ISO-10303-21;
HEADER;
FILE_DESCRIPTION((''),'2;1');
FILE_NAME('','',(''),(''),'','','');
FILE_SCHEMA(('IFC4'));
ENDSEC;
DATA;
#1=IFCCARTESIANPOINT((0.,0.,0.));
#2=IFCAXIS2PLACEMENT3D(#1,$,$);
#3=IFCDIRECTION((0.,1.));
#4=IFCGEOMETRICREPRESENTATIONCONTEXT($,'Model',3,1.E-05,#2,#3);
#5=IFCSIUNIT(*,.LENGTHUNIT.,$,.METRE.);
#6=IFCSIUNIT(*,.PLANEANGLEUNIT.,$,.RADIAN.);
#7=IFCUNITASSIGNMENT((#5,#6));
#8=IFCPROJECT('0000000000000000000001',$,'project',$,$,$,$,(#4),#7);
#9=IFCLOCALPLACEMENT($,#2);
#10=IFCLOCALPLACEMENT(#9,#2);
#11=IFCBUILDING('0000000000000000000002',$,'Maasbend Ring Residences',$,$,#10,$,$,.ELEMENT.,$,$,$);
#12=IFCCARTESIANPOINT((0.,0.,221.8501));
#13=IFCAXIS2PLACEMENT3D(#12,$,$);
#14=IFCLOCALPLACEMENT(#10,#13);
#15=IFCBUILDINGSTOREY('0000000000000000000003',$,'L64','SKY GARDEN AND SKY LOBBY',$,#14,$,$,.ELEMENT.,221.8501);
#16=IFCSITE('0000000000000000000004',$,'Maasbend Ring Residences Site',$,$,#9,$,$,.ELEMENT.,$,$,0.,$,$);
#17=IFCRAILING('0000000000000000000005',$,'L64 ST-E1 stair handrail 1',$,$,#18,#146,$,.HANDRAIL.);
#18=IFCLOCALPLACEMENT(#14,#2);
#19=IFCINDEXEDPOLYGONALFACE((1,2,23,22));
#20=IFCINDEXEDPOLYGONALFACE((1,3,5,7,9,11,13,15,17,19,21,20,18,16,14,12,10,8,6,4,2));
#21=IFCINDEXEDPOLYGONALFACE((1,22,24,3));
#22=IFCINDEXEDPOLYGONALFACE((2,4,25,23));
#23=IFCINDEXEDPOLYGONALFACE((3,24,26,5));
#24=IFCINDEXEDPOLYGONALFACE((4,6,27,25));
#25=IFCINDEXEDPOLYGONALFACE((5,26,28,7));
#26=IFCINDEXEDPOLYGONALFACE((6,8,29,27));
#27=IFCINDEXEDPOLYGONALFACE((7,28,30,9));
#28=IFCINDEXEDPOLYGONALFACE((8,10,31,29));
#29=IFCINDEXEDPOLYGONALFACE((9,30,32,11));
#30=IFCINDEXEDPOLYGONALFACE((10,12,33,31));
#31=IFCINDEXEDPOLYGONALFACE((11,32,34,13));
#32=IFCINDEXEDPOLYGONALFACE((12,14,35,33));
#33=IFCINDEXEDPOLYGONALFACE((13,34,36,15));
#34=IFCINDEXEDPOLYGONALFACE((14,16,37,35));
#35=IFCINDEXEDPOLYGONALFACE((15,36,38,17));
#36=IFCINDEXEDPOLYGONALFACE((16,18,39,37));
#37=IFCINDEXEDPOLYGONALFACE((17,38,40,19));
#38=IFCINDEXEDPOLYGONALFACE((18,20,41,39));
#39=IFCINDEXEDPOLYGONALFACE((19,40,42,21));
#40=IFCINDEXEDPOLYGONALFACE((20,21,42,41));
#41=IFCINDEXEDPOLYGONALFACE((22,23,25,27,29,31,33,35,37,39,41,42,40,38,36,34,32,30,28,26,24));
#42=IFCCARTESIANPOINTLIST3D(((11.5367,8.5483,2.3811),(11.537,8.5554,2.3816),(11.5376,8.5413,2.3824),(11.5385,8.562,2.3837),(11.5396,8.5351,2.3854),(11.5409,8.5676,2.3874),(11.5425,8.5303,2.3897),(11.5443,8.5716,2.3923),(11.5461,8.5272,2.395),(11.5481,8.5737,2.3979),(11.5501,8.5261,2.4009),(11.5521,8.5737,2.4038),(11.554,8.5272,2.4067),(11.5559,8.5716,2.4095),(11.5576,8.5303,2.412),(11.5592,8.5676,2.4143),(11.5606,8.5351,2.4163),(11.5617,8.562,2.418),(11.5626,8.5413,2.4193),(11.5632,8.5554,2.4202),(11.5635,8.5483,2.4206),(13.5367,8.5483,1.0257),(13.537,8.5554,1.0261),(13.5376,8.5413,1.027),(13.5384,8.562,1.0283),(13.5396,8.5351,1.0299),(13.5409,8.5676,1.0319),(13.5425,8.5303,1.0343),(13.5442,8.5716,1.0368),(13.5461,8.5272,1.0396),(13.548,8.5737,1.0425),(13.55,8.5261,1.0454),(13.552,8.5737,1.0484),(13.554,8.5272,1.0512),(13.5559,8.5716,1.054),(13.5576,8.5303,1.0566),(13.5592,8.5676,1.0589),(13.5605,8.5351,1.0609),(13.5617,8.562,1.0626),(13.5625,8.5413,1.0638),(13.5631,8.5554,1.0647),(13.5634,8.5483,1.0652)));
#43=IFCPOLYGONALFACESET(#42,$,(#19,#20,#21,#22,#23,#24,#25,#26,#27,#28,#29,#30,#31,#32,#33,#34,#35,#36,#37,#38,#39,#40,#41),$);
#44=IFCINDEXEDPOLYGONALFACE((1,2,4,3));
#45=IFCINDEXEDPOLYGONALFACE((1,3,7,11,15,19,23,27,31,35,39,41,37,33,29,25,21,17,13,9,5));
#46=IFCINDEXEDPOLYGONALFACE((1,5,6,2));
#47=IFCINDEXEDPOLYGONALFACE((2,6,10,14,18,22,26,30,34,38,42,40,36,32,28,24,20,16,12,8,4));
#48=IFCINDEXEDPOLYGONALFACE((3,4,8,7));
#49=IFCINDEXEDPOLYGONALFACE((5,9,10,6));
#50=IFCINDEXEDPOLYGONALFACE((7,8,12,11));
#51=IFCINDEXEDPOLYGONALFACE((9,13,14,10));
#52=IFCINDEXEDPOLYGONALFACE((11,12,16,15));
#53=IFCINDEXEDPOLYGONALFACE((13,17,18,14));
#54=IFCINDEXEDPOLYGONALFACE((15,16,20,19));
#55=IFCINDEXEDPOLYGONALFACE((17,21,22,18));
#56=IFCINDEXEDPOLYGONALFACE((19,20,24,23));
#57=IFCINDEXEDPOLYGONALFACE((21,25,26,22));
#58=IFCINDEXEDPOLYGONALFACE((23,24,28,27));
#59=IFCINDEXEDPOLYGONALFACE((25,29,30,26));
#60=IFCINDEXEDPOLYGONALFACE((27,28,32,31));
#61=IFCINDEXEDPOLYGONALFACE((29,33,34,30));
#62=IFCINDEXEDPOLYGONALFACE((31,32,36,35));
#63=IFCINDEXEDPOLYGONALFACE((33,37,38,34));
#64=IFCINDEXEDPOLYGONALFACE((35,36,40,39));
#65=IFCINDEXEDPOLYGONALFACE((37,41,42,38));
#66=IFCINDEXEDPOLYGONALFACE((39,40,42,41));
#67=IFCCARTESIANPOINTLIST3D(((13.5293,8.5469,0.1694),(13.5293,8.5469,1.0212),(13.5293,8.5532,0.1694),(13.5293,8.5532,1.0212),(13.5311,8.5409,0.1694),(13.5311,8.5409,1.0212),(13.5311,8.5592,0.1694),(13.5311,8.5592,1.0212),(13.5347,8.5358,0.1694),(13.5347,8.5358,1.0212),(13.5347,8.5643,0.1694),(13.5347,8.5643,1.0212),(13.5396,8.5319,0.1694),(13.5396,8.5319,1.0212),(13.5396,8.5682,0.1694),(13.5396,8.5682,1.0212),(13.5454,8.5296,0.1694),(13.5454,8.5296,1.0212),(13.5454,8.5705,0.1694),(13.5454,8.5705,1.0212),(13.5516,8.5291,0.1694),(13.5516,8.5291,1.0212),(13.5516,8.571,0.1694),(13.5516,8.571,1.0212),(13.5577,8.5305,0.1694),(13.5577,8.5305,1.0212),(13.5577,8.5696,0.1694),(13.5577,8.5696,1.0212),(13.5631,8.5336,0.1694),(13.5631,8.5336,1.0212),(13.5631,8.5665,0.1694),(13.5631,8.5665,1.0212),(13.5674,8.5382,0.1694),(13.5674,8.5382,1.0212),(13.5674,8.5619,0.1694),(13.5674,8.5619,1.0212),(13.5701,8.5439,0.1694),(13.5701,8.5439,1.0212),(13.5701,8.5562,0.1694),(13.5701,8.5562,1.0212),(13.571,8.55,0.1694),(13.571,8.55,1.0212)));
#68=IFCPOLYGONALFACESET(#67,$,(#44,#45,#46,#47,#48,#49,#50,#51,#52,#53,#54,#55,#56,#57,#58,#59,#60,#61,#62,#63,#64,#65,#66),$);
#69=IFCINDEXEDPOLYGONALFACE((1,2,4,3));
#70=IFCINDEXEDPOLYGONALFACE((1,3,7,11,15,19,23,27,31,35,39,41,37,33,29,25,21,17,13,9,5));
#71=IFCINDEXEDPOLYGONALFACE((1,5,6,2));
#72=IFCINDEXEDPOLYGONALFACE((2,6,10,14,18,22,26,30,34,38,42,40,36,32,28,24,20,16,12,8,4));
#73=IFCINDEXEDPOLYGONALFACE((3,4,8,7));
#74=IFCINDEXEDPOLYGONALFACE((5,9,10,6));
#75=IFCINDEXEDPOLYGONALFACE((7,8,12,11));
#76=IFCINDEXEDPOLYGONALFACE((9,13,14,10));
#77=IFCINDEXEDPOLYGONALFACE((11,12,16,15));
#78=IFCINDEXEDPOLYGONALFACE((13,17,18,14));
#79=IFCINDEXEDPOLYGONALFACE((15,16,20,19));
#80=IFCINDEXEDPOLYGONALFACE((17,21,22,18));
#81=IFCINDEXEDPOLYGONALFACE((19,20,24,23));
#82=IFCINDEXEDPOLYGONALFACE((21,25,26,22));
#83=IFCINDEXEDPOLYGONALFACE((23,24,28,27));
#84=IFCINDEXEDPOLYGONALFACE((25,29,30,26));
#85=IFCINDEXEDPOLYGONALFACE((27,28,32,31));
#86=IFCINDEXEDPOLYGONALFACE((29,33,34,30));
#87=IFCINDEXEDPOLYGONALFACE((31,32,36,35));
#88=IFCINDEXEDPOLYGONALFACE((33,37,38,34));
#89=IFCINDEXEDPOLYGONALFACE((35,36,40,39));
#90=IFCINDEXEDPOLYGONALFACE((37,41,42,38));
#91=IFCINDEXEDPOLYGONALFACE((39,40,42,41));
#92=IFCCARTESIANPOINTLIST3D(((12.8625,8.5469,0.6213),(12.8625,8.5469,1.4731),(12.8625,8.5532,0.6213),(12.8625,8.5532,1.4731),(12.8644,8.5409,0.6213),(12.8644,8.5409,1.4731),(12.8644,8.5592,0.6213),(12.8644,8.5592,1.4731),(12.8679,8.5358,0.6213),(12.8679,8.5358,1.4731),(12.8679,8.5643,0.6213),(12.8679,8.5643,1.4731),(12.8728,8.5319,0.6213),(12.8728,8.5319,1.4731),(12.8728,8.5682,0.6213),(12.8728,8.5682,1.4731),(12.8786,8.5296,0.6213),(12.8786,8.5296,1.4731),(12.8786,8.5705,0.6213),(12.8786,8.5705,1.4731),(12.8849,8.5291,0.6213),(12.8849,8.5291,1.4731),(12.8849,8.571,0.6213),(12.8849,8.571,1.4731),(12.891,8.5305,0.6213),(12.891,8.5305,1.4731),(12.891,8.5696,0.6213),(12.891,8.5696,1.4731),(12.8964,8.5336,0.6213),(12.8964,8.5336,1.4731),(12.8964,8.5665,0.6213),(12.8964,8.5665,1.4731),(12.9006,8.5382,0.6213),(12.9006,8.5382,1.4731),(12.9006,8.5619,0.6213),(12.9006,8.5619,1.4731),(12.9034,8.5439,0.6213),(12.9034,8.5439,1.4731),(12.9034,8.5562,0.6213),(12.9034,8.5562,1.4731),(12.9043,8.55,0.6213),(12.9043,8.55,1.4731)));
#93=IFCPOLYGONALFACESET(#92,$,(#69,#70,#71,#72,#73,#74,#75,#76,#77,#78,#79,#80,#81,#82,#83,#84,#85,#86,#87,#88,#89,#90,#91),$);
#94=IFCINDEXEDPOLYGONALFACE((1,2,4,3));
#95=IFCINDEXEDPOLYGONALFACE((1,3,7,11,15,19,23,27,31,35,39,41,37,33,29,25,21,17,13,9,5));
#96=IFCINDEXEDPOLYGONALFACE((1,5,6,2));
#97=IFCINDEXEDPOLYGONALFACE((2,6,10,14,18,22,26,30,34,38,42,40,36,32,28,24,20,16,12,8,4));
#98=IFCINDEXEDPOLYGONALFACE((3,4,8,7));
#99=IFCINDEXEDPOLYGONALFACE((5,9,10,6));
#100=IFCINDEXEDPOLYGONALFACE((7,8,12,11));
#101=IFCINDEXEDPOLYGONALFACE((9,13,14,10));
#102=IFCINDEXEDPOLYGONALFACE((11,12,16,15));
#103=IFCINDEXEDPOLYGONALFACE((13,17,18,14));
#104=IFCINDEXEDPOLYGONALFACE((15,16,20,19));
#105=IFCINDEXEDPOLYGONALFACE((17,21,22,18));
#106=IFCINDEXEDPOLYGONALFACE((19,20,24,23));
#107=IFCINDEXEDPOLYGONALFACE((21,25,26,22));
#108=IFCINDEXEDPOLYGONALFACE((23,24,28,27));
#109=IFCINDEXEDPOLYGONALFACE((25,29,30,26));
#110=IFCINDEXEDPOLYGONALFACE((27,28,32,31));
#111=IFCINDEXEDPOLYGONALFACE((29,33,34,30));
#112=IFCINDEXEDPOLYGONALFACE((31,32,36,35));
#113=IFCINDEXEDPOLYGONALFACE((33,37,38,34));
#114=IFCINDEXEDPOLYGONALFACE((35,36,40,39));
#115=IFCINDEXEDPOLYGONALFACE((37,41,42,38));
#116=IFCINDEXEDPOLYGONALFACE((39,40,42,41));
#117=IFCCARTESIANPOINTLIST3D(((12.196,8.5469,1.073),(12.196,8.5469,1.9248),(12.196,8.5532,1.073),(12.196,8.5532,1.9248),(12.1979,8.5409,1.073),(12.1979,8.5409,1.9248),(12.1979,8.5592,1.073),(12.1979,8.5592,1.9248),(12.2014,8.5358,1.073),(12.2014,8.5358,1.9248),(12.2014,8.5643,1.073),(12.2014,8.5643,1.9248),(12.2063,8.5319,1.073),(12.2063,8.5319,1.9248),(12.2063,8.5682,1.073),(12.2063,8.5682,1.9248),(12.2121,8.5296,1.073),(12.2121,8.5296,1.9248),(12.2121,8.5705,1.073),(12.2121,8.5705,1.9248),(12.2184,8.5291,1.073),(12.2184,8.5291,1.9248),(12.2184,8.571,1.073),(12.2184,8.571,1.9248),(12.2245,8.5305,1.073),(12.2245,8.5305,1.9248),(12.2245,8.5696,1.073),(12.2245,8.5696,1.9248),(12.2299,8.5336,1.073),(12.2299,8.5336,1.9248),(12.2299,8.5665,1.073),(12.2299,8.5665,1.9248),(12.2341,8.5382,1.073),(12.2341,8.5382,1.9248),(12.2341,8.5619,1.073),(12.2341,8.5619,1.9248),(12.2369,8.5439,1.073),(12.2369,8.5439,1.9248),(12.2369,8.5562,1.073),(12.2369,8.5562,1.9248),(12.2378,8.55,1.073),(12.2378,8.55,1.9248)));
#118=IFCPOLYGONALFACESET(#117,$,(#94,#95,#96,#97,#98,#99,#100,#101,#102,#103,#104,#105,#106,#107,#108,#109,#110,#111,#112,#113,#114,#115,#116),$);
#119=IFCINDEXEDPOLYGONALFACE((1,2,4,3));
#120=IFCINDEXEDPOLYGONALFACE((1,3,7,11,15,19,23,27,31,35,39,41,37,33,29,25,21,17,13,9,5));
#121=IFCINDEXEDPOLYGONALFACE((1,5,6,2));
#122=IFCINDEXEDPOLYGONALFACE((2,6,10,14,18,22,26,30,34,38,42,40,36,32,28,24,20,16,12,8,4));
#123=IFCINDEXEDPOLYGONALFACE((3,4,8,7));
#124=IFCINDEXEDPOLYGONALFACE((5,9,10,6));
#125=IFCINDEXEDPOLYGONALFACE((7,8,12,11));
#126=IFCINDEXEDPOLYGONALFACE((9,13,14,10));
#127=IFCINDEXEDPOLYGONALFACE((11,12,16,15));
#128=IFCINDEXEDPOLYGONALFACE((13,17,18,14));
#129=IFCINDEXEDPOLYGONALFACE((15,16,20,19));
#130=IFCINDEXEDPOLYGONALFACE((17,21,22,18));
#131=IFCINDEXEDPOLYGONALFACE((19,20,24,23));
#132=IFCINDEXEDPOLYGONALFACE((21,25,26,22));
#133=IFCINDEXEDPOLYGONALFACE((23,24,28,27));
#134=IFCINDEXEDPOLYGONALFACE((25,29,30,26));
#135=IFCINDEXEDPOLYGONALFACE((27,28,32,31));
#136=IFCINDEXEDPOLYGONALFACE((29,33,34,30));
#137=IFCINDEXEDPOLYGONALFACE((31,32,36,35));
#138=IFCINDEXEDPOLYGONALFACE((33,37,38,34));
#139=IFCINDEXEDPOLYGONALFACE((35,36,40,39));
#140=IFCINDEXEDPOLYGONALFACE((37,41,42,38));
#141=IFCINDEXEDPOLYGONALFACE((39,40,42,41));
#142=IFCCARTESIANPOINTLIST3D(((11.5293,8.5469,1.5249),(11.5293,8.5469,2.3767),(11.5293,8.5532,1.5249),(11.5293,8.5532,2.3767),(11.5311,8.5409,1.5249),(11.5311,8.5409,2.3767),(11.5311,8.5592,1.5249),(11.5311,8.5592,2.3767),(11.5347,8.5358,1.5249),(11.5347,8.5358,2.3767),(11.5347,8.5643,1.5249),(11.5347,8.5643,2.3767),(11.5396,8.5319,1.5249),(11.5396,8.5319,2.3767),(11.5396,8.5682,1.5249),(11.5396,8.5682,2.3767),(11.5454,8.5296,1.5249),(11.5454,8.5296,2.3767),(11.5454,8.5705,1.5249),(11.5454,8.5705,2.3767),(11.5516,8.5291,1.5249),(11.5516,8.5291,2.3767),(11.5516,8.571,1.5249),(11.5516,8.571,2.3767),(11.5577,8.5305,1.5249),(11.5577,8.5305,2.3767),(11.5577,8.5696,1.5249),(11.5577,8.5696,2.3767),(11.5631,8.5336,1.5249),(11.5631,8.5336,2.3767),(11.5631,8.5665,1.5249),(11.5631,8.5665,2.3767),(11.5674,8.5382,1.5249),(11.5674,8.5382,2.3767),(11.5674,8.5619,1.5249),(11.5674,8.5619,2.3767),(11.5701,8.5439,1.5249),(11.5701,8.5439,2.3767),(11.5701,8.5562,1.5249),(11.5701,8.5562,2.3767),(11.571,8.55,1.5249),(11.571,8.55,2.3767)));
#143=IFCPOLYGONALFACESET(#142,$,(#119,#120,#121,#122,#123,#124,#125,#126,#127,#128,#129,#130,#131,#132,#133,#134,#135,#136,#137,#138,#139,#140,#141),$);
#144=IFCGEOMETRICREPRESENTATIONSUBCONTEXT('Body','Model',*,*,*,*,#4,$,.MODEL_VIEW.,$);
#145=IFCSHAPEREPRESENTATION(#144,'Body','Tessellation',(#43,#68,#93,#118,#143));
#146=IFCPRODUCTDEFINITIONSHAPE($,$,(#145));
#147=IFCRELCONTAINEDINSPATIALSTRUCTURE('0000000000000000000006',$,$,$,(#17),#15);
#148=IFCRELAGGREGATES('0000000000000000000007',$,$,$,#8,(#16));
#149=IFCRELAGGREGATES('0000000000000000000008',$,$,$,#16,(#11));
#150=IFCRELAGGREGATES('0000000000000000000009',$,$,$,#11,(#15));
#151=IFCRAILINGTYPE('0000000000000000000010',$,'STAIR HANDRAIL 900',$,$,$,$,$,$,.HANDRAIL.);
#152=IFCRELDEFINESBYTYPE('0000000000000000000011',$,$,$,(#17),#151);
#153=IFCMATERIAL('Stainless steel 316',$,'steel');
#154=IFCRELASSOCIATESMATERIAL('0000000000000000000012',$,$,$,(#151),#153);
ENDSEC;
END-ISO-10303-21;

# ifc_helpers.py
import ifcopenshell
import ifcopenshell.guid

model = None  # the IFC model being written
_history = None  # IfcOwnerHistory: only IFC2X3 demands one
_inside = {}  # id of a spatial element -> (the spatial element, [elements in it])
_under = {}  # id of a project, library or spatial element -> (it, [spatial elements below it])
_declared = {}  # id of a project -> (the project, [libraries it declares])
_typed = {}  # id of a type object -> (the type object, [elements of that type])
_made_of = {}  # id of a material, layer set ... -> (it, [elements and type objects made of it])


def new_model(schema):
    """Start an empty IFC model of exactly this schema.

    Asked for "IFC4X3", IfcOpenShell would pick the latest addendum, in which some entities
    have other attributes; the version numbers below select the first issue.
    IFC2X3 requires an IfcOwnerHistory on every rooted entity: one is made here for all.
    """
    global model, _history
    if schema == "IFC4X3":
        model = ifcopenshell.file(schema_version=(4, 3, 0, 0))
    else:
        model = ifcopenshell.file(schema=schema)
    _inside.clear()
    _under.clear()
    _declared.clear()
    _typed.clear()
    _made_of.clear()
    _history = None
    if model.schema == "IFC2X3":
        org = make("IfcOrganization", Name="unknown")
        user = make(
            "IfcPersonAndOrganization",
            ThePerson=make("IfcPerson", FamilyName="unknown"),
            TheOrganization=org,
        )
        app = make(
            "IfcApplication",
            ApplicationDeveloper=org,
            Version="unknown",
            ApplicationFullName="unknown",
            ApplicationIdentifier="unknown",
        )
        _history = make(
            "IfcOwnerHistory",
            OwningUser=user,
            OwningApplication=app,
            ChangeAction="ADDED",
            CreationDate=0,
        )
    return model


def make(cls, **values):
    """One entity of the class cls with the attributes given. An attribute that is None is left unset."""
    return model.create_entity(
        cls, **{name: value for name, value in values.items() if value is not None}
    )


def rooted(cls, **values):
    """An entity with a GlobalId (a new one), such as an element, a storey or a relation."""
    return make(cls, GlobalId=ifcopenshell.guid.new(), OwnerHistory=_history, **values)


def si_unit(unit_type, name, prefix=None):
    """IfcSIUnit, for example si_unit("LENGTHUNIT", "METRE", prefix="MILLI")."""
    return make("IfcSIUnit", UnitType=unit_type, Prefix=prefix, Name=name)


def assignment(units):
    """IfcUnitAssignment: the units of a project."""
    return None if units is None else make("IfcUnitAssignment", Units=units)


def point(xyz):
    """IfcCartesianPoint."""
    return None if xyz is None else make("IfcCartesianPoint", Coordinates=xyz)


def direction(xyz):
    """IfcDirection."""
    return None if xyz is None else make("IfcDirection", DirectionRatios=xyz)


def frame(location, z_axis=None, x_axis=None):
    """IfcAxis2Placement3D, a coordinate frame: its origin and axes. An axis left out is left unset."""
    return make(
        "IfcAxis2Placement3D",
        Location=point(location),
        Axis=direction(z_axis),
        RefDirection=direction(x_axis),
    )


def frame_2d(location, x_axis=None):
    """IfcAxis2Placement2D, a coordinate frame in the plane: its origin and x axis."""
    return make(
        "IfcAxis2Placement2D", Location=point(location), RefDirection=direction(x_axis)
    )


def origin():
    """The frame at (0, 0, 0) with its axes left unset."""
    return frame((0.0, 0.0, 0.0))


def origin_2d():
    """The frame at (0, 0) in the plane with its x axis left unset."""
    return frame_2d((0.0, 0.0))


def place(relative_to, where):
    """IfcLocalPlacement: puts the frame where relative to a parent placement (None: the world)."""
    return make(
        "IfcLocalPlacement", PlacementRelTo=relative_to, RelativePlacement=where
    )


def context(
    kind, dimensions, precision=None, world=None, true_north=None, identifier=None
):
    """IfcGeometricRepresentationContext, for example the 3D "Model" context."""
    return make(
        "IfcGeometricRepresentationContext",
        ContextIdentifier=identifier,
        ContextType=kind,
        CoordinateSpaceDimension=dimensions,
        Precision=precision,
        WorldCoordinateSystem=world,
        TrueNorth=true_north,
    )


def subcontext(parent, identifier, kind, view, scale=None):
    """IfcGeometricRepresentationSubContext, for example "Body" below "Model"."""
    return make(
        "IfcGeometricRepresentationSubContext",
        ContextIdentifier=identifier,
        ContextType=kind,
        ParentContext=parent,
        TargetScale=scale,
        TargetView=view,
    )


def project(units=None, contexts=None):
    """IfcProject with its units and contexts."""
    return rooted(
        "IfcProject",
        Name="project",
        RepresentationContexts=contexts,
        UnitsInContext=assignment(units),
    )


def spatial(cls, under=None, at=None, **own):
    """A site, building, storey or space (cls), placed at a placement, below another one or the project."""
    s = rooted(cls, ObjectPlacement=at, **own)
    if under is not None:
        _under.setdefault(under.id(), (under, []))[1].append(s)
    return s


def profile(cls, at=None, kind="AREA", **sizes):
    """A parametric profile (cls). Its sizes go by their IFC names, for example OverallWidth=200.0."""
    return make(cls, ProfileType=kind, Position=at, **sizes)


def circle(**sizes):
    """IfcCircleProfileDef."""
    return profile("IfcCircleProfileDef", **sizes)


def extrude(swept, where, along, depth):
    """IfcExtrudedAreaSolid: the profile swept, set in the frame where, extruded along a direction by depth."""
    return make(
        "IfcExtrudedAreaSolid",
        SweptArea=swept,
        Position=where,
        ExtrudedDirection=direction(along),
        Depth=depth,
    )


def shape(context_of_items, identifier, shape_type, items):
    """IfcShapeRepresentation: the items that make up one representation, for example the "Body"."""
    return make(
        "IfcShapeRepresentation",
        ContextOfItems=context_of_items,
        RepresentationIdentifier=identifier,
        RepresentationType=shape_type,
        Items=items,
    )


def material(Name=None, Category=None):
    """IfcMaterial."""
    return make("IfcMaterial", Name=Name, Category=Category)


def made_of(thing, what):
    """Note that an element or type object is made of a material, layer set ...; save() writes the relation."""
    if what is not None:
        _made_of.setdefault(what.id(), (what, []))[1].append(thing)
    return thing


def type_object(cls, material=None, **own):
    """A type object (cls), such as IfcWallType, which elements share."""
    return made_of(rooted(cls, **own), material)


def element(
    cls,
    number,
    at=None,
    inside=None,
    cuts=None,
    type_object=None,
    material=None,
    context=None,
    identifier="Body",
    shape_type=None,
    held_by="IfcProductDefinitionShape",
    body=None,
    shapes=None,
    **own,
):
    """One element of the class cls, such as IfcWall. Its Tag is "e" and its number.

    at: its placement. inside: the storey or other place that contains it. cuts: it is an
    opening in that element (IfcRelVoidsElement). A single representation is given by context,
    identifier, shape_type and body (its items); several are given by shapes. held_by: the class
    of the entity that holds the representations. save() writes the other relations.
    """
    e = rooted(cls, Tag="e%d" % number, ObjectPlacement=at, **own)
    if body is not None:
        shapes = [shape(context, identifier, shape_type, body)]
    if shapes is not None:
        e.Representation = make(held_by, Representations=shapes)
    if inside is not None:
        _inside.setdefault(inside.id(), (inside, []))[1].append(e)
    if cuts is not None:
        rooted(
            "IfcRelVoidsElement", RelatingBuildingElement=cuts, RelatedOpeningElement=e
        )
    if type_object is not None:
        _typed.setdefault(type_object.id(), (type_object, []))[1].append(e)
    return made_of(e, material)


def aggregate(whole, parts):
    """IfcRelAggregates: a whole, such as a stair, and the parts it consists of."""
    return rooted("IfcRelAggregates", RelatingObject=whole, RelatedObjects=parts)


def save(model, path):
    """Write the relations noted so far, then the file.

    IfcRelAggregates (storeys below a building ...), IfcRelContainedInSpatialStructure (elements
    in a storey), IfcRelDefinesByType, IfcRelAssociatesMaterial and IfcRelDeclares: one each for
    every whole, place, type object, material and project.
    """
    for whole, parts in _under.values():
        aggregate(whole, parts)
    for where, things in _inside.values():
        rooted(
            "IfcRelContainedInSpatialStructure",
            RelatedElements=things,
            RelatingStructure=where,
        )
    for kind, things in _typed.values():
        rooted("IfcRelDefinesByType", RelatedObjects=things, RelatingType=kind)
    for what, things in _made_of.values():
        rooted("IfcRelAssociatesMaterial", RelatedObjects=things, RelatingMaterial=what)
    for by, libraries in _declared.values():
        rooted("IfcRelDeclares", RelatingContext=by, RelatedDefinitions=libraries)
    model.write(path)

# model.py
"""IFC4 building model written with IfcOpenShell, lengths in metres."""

from ifc_helpers import new_model, si_unit, direction, frame, origin, origin_2d, place, context, subcontext, project, spatial, circle, extrude, material, type_object, element, save


model = new_model("IFC4")

# Units and contexts
model_context = context("Model", 3, precision=1e-05, world=origin(), true_north=direction((0.0, 1.0)))
body_context = subcontext(model_context, "Body", "Model", "MODEL_VIEW")
ifc_project = project(units=[si_unit("LENGTHUNIT", "METRE"), si_unit("PLANEANGLEUNIT", "RADIAN")], contexts=[model_context])

# Site, building, storey
site_placement = place(None, origin())
site = spatial("IfcSite", under=ifc_project, at=site_placement, Name="Maasbend Ring Residences Site", CompositionType="ELEMENT", RefElevation=0.0)
building_placement = place(site_placement, origin())
building = spatial("IfcBuilding", under=site, at=building_placement, Name="Maasbend Ring Residences", CompositionType="ELEMENT")
storey_placement = place(building_placement, frame((0.0, 0.0, 221.8501)))
storey = spatial("IfcBuildingStorey", under=building, at=storey_placement, Name="L64", Description="SKY GARDEN AND SKY LOBBY", CompositionType="ELEMENT", Elevation=221.8501)

# Railing
ifc_material_1 = material(Name="Stainless steel 316", Category="steel")
railing_type_1 = type_object("IfcRailingType", Name="STAIR HANDRAIL 900", PredefinedType="HANDRAIL", material=ifc_material_1)
railing_1_placement = place(storey_placement, frame((13.55, 8.55, 0.1694)))
element("IfcRailing", 1, at=railing_1_placement, inside=storey, type_object=railing_type_1, Name="L64 ST-E1 stair handrail 1", PredefinedType="HANDRAIL", context=body_context, shape_type="SweptSolid", body=[
    extrude(circle(Radius=0.0239, at=origin_2d()), frame((0.0, 0.0, 0.876), z_axis=(-0.827798, 0.0, 0.561027), x_axis=(0.0, -1.0, 0.0)), (0.0, 0.0, 1.0), 2.416),
    extrude(circle(Radius=0.021, at=origin_2d()), origin(), (0.0, 0.0, 1.0), 0.8518),
    extrude(circle(Radius=0.021, at=origin_2d()), frame((-0.6667, 0.0, 0.4519)), (0.0, 0.0, 1.0), 0.8518),
    extrude(circle(Radius=0.021, at=origin_2d()), frame((-1.3333, 0.0, 0.9036)), (0.0, 0.0, 1.0), 0.8518),
    extrude(circle(Radius=0.021, at=origin_2d()), frame((-2.0, 0.0, 1.3555)), (0.0, 0.0, 1.0), 0.8518),
])

save(model, "model.ifc")
